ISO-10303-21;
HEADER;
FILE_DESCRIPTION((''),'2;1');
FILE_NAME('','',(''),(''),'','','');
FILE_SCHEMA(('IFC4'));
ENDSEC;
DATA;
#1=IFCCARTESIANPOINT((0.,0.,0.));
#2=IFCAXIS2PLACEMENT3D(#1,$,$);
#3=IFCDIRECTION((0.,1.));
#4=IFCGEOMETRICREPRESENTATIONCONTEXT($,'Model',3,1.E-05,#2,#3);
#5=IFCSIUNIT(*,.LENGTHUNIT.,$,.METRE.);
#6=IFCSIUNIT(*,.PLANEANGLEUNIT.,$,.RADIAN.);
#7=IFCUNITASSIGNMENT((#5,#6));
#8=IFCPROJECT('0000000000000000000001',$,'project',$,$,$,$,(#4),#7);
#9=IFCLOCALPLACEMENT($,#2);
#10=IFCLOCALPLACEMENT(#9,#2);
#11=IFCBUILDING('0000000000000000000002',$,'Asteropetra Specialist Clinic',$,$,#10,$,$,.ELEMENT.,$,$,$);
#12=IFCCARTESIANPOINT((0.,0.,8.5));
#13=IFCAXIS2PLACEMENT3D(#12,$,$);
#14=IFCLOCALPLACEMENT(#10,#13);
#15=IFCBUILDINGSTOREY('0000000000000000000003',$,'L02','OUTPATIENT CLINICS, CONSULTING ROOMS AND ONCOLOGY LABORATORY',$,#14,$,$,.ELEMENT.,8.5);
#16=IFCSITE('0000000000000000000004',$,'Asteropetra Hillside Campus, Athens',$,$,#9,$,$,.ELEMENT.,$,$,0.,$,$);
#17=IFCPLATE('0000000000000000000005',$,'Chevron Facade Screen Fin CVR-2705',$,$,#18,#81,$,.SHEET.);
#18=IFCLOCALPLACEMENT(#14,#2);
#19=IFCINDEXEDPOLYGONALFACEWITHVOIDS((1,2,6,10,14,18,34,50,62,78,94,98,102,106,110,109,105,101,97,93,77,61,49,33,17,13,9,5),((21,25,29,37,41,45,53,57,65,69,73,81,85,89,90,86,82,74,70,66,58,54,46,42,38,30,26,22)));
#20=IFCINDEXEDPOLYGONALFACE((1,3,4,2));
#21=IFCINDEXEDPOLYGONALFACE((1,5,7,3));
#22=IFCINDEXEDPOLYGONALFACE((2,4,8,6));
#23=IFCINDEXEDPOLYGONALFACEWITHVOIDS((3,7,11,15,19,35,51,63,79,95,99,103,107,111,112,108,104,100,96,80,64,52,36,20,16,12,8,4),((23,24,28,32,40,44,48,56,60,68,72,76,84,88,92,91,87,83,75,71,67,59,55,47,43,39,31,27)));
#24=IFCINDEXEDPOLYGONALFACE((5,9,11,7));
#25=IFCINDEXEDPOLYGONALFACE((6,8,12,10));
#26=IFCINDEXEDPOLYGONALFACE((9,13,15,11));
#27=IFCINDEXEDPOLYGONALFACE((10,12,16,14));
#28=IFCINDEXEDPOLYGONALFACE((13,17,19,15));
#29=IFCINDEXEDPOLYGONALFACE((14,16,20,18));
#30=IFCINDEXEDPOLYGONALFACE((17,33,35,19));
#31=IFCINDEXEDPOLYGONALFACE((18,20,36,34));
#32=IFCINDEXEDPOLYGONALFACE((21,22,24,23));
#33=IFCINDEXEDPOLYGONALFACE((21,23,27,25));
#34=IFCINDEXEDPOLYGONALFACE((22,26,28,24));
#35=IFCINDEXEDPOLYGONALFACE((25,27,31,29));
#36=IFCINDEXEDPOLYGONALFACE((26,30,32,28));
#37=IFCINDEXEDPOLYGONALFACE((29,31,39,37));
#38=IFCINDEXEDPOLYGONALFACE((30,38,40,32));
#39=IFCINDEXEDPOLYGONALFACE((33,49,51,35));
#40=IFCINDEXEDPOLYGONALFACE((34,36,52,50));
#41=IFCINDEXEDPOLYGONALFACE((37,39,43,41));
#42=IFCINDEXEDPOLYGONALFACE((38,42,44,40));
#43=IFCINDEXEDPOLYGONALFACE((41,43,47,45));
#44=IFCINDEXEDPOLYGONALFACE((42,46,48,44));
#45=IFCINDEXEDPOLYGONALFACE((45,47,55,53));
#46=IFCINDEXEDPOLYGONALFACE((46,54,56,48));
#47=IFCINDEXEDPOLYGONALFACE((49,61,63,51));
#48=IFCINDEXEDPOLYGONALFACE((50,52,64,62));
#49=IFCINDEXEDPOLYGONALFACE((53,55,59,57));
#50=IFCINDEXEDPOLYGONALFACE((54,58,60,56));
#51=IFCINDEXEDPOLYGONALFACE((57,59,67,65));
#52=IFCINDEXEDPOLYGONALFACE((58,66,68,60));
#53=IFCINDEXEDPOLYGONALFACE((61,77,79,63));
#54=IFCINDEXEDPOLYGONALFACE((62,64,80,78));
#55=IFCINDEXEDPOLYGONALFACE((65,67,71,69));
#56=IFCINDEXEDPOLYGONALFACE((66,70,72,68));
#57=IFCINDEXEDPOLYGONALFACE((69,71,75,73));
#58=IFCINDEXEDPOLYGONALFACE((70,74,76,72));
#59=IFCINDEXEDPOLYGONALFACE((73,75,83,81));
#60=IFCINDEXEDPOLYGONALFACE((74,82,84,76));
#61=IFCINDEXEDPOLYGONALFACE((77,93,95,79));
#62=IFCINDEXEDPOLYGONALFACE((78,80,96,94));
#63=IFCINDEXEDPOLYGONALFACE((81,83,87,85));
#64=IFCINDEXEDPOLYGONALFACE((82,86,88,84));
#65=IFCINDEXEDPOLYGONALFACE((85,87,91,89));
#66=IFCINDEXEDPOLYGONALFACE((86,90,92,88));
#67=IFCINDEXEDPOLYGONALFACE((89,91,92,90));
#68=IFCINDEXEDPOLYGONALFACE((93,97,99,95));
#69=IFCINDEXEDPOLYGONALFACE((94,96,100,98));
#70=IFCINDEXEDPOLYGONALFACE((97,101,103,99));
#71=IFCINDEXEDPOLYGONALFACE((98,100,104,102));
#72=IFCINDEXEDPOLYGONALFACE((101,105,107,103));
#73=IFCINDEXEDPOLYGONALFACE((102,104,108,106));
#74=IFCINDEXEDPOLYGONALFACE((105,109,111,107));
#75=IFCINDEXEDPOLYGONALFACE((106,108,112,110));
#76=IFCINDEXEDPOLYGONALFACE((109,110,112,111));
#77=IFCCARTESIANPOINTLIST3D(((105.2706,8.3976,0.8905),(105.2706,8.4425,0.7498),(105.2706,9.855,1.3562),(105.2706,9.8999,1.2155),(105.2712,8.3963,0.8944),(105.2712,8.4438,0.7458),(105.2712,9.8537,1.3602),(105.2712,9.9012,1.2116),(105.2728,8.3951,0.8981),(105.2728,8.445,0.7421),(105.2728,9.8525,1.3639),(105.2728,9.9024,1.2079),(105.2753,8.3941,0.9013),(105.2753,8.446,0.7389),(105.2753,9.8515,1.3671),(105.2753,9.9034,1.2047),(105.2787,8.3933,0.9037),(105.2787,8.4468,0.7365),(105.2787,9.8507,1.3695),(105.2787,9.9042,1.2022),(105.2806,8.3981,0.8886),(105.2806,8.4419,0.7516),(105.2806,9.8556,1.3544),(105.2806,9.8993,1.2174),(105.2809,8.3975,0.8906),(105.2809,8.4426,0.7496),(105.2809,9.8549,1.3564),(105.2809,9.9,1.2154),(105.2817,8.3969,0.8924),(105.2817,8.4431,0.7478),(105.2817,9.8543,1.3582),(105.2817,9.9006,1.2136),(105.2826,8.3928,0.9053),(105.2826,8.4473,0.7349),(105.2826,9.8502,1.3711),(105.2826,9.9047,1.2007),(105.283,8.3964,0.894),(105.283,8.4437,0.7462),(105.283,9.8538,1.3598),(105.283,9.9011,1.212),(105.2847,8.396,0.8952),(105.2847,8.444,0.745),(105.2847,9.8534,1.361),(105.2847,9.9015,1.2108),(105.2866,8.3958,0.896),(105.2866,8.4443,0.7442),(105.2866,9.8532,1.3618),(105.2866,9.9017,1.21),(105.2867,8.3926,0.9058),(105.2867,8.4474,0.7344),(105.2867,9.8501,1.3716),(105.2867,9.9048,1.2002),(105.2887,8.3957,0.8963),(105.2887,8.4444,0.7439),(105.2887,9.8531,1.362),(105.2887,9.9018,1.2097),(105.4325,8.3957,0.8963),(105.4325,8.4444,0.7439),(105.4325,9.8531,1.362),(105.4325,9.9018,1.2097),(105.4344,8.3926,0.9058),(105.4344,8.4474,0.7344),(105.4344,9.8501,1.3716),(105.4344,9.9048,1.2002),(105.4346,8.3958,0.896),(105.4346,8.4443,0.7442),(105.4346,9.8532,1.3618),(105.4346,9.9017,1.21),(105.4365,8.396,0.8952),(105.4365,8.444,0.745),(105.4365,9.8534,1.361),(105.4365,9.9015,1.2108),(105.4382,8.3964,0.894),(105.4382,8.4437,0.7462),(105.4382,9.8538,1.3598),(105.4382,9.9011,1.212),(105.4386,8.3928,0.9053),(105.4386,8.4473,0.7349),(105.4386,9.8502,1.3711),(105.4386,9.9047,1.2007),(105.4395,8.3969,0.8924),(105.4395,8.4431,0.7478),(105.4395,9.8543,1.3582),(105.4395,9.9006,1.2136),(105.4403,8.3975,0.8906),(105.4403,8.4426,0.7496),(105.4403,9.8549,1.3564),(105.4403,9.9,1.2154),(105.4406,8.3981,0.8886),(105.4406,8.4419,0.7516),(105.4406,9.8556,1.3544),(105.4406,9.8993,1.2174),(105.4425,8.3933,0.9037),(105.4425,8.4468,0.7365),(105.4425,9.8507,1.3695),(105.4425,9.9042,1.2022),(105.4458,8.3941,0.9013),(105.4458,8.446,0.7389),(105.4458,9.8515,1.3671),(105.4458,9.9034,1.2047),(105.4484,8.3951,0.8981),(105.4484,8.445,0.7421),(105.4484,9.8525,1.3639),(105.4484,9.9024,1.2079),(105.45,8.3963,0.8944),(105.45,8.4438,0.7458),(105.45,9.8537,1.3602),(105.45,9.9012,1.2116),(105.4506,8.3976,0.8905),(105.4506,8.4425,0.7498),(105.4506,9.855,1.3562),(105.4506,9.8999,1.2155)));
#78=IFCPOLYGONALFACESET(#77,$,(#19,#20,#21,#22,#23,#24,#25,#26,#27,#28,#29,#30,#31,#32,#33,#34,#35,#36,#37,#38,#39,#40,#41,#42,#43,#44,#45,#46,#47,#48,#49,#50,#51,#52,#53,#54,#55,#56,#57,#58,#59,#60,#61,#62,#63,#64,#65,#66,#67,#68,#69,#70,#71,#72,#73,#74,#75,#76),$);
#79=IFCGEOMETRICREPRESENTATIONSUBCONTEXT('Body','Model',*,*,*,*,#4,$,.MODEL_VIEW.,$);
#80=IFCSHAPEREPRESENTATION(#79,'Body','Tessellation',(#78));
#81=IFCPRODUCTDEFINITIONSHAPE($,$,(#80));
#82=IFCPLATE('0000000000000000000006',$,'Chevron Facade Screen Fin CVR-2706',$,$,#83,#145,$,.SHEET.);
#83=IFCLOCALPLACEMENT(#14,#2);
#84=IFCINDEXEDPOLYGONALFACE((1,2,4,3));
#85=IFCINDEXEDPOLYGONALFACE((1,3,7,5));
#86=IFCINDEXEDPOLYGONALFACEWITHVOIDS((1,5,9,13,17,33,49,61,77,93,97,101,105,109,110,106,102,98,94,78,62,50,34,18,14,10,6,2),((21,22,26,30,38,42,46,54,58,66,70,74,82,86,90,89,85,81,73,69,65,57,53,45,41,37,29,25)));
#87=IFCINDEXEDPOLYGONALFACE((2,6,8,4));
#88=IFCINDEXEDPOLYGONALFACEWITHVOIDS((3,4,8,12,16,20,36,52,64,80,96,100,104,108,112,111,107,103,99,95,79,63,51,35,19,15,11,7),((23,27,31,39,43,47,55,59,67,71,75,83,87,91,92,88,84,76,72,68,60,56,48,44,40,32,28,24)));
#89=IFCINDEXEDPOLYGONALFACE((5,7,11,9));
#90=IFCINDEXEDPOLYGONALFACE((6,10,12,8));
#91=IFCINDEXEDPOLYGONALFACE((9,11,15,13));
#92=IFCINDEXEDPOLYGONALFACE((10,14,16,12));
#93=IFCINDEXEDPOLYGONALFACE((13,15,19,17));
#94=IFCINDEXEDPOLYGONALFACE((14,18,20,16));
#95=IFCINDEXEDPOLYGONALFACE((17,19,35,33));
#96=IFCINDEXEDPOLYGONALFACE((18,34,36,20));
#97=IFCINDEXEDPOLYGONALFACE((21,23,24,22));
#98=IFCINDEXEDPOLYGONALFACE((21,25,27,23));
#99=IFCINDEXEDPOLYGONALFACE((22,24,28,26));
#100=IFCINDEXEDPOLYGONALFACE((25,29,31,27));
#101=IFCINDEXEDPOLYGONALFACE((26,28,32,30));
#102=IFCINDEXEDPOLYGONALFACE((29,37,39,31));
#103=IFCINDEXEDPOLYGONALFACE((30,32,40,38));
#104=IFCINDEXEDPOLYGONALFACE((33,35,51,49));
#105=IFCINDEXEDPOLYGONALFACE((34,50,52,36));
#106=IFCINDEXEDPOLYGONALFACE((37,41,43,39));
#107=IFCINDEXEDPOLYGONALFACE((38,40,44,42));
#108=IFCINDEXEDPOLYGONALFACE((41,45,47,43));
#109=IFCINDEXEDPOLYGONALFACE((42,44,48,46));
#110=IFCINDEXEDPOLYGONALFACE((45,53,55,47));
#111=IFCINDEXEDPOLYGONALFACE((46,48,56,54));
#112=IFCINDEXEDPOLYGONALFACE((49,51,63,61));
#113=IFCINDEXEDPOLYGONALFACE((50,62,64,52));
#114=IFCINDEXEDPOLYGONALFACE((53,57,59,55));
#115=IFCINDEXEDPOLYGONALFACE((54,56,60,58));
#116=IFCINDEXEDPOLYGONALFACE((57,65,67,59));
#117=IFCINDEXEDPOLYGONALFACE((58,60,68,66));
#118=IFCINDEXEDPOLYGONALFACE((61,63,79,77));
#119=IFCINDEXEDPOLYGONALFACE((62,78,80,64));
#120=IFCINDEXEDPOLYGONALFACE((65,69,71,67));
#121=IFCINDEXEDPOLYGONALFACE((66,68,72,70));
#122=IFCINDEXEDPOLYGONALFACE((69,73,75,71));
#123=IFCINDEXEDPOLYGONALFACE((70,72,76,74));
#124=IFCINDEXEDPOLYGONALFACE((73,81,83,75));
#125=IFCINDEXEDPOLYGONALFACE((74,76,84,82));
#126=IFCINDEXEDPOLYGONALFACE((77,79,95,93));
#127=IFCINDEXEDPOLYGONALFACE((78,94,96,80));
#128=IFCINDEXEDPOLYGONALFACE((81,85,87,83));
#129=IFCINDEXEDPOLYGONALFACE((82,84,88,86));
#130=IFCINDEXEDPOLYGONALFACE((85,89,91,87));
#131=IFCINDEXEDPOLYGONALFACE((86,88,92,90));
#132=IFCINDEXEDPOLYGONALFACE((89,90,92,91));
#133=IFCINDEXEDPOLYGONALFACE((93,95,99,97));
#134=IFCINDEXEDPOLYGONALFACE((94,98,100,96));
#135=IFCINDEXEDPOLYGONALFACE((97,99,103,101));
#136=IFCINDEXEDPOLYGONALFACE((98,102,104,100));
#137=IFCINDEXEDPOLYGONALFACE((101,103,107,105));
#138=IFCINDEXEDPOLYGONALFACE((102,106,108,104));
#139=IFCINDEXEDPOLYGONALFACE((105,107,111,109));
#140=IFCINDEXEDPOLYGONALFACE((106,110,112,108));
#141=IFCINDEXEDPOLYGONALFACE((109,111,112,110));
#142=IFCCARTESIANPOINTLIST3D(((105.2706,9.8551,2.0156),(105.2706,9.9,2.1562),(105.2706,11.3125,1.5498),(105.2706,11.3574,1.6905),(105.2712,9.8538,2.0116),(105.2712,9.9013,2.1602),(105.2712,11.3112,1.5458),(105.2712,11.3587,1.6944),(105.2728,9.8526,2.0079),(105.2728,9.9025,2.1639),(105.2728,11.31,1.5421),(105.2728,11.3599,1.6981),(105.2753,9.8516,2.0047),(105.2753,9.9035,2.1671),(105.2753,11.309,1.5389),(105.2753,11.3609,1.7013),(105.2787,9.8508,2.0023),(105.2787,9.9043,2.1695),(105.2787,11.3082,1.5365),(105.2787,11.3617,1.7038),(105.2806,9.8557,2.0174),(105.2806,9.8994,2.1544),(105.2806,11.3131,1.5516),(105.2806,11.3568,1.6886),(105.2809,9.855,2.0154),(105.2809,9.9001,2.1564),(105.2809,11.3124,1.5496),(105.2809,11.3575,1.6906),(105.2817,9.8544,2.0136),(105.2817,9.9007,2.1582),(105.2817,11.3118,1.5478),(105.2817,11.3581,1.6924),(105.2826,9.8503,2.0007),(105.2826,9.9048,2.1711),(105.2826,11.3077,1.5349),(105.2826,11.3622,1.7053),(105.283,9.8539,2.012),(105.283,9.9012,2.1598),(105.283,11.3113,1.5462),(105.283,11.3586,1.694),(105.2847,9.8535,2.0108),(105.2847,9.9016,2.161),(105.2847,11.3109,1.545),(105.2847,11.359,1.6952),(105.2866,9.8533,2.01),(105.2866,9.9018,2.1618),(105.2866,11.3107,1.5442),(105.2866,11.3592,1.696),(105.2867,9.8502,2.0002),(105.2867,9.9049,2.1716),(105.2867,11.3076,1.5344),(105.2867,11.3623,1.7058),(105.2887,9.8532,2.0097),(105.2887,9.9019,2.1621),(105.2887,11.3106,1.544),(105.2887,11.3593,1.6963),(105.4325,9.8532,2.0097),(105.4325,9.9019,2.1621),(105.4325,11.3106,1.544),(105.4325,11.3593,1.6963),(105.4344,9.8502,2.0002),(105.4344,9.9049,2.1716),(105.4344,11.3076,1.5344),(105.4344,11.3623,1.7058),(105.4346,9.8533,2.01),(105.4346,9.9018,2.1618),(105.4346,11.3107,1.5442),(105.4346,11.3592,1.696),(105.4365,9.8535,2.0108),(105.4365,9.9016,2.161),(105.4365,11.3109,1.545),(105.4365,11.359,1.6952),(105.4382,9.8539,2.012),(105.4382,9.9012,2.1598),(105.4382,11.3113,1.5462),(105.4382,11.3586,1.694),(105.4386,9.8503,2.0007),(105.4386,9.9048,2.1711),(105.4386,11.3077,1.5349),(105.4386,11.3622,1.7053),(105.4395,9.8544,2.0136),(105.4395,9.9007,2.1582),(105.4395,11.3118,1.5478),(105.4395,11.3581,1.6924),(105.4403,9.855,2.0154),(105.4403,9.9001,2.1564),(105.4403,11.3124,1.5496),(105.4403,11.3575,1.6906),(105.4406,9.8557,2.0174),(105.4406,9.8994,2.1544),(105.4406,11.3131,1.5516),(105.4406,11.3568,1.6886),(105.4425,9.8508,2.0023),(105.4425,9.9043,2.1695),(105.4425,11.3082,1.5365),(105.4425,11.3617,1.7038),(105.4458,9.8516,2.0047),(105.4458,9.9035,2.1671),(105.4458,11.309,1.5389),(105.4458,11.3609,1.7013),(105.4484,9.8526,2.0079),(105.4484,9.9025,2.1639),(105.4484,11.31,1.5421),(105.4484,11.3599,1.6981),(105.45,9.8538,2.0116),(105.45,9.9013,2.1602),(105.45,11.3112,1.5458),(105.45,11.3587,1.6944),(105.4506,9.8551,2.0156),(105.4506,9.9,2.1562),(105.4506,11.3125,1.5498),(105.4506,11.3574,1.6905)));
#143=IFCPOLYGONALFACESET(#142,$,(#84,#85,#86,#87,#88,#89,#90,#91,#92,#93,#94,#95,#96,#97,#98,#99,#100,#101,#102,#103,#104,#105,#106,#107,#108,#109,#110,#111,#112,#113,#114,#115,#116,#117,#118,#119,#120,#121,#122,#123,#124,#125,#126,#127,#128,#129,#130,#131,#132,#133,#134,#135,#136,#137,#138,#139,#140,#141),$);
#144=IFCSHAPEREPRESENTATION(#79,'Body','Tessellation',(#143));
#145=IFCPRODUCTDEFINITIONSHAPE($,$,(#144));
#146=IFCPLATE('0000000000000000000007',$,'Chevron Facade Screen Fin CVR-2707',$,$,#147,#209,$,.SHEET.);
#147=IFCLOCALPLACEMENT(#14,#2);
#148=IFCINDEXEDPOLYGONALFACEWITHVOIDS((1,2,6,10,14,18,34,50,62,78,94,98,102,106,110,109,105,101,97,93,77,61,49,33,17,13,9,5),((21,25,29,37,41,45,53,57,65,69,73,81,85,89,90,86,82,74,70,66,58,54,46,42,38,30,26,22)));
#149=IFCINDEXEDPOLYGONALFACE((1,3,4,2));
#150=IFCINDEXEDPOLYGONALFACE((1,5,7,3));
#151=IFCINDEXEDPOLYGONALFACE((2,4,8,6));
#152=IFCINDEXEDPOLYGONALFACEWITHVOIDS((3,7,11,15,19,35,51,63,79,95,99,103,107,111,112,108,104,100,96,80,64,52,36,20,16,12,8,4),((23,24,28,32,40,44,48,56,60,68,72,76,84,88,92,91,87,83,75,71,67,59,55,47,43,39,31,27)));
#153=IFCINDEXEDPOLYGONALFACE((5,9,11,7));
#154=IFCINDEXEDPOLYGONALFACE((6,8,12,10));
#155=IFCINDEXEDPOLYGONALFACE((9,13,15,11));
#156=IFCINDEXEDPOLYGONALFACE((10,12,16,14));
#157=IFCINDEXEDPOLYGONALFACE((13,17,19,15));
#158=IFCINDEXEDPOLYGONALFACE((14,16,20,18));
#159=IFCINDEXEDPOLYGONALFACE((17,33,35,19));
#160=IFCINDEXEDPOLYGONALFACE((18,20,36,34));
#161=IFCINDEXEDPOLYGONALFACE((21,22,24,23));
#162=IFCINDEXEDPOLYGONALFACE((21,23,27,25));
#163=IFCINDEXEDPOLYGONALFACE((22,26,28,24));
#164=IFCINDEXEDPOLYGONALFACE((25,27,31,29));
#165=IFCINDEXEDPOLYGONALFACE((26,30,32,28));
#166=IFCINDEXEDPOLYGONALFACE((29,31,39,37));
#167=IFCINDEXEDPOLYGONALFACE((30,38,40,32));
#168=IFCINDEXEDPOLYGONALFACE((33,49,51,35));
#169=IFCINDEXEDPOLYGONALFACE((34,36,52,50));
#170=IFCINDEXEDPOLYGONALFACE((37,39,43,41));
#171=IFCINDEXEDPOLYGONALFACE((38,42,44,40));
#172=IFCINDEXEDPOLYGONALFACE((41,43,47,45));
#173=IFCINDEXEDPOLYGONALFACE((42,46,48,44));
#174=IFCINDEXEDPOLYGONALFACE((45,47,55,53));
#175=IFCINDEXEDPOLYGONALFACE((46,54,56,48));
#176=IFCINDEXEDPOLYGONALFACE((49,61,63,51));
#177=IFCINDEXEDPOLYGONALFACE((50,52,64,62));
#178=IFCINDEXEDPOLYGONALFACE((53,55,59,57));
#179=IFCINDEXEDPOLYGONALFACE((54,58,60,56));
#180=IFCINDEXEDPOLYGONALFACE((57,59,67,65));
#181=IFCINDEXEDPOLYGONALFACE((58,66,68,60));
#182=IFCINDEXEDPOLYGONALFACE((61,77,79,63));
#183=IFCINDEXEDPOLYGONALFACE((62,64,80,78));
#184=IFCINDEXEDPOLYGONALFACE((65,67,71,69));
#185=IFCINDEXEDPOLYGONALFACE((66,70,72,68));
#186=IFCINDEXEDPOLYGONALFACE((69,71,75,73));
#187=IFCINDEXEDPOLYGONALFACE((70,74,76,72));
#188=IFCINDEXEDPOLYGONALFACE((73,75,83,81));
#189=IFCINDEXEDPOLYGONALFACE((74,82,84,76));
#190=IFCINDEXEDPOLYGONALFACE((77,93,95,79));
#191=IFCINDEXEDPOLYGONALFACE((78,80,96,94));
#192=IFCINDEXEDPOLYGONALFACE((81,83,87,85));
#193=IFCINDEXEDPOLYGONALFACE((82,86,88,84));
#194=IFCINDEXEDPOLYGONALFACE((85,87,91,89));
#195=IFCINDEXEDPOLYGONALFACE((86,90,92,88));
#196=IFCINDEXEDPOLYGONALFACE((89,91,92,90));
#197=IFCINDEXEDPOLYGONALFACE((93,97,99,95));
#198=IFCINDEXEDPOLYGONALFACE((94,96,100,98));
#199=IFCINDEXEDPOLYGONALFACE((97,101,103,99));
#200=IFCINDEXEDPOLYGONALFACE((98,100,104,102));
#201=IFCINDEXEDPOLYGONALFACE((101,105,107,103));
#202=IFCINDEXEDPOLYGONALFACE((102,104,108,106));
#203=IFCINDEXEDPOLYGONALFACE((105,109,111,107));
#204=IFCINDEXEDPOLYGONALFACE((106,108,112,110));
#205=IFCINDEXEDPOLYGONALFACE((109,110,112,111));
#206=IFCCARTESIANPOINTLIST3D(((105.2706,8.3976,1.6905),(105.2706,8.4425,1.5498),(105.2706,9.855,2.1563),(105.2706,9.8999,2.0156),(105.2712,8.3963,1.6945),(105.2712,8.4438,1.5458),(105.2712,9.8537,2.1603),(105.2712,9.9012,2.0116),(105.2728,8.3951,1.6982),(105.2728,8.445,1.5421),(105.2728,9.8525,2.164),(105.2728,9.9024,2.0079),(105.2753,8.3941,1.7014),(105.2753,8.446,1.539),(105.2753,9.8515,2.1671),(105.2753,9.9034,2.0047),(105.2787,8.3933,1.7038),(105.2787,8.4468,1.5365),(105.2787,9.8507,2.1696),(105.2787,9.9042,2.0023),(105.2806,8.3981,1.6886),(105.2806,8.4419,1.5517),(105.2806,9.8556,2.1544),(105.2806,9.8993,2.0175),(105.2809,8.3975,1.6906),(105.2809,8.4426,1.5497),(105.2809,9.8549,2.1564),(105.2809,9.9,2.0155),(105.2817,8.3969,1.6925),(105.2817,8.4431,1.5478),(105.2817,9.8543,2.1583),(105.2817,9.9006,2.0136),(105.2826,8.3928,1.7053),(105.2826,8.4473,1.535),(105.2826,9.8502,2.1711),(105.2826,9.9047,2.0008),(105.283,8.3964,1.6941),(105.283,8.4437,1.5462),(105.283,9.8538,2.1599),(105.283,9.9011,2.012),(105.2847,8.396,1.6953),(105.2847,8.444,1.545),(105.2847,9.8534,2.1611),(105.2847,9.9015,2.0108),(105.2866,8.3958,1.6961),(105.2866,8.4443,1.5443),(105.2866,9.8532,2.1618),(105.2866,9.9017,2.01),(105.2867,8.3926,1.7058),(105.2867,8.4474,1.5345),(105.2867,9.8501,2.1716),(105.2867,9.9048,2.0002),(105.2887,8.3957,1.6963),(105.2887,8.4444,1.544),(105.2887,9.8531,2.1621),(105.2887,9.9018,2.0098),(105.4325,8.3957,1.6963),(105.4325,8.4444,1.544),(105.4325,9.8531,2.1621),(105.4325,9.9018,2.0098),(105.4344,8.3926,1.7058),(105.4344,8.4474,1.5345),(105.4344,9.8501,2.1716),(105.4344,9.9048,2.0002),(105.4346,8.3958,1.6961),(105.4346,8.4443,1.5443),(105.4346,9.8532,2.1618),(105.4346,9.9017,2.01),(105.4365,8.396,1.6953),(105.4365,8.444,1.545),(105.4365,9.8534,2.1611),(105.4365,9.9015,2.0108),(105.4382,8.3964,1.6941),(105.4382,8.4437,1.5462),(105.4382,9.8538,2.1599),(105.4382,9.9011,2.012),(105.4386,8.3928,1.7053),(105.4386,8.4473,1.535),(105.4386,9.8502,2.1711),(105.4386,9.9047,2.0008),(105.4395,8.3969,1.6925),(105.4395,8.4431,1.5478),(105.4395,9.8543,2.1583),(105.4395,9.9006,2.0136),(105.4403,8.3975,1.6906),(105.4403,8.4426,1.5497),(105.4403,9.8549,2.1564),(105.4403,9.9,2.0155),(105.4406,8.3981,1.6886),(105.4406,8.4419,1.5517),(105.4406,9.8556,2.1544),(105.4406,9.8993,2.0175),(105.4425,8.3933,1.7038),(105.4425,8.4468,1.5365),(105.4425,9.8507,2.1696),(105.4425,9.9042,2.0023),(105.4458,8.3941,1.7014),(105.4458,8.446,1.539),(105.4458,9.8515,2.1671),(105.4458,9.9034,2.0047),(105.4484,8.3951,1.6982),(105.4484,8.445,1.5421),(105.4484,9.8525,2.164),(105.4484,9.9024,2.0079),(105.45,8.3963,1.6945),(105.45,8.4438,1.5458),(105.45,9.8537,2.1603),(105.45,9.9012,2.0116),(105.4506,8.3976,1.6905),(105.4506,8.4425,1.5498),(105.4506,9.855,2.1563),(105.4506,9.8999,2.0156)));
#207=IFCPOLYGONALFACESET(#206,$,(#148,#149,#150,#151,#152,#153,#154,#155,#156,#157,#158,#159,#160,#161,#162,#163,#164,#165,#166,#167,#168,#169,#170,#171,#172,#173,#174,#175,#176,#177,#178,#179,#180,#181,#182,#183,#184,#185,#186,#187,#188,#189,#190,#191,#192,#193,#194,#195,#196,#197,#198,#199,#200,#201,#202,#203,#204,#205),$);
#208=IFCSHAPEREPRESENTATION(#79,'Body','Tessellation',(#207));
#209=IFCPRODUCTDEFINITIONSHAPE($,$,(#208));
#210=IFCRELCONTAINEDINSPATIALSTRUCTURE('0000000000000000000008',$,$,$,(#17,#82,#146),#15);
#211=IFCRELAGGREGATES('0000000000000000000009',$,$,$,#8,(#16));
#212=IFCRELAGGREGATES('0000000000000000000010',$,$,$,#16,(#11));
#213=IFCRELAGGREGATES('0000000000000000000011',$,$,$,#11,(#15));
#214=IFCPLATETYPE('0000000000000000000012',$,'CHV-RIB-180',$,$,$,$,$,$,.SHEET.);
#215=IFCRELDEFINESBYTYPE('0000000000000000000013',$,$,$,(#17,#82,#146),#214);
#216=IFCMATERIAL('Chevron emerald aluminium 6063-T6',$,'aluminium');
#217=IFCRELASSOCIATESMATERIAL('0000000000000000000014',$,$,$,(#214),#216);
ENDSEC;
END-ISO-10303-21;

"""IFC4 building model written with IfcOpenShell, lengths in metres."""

from ifc_helpers import new_model, si_unit, direction, frame, origin, origin_2d, place, context, subcontext, project, spatial, hollow_rectangle, extrude, material, material_profile, profile_set, type_object, element, save


model = new_model("IFC4")

# Units and contexts
model_context = context("Model", 3, precision=1e-05, world=origin(), true_north=direction((0.0, 1.0)))
body_context = subcontext(model_context, "Body", "Model", "MODEL_VIEW")
ifc_project = project(units=[si_unit("LENGTHUNIT", "METRE"), si_unit("PLANEANGLEUNIT", "RADIAN")], contexts=[model_context])

# Site, building, storey
site_placement = place(None, origin())
site = spatial("IfcSite", under=ifc_project, at=site_placement, Name="Asteropetra Hillside Campus, Athens", CompositionType="ELEMENT", RefElevation=0.0)
building_placement = place(site_placement, origin())
building = spatial("IfcBuilding", under=site, at=building_placement, Name="Asteropetra Specialist Clinic", CompositionType="ELEMENT")
storey_placement = place(building_placement, frame((0.0, 0.0, 8.5)))
storey = spatial("IfcBuildingStorey", under=building, at=storey_placement, Name="L02", Description="OUTPATIENT CLINICS, CONSULTING ROOMS AND ONCOLOGY LABORATORY", CompositionType="ELEMENT", Elevation=8.5)

# Plates
ifc_material_1 = material(Name="Chevron emerald aluminium 6063-T6", Category="aluminium")
ifc_material_profile = material_profile(ifc_material_1, hollow_rectangle(XDim=0.1799, YDim=0.1799, WallThickness=0.01, InnerFilletRadius=0.0081, OuterFilletRadius=0.0161, at=origin_2d()), Name="SHS 180x180x10.0")
ifc_profile_set = profile_set([ifc_material_profile], Name="Chevron emerald aluminium 6063-T6")
plate_type = type_object("IfcPlateType", Name="CHV-RIB-180", PredefinedType="SHEET", material=ifc_profile_set)
for number, where, z_axis, x_axis, name in (
    (1, (105.3606, 9.8774, 1.2859), (0.0, -0.952535, -0.304428), (1.0, 0.0, 0.0), "Chevron Facade Screen Fin CVR-2705"),
    (2, (105.3606, 11.335, 1.6201), (0.0, -0.952535, 0.304428), (1.0, 0.0, 0.0), "Chevron Facade Screen Fin CVR-2706"),
    (3, (105.3606, 9.8774, 2.0859), (0.0, -0.952535, -0.304428), (1.0, 0.0, 0.0), "Chevron Facade Screen Fin CVR-2707"),
):
    element("IfcPlate", number, at=place(storey_placement, frame(where, z_axis=z_axis, x_axis=x_axis)), inside=storey, type_object=plate_type, Name=name, PredefinedType="SHEET", context=body_context, shape_type="SweptSolid", body=[
        extrude(hollow_rectangle(XDim=0.1799, YDim=0.1799, WallThickness=0.01, InnerFilletRadius=0.0081, OuterFilletRadius=0.0161, at=origin_2d()), origin(), (0.0, 0.0, 1.0), 1.53),
    ])

save(model, "model.ifc")
